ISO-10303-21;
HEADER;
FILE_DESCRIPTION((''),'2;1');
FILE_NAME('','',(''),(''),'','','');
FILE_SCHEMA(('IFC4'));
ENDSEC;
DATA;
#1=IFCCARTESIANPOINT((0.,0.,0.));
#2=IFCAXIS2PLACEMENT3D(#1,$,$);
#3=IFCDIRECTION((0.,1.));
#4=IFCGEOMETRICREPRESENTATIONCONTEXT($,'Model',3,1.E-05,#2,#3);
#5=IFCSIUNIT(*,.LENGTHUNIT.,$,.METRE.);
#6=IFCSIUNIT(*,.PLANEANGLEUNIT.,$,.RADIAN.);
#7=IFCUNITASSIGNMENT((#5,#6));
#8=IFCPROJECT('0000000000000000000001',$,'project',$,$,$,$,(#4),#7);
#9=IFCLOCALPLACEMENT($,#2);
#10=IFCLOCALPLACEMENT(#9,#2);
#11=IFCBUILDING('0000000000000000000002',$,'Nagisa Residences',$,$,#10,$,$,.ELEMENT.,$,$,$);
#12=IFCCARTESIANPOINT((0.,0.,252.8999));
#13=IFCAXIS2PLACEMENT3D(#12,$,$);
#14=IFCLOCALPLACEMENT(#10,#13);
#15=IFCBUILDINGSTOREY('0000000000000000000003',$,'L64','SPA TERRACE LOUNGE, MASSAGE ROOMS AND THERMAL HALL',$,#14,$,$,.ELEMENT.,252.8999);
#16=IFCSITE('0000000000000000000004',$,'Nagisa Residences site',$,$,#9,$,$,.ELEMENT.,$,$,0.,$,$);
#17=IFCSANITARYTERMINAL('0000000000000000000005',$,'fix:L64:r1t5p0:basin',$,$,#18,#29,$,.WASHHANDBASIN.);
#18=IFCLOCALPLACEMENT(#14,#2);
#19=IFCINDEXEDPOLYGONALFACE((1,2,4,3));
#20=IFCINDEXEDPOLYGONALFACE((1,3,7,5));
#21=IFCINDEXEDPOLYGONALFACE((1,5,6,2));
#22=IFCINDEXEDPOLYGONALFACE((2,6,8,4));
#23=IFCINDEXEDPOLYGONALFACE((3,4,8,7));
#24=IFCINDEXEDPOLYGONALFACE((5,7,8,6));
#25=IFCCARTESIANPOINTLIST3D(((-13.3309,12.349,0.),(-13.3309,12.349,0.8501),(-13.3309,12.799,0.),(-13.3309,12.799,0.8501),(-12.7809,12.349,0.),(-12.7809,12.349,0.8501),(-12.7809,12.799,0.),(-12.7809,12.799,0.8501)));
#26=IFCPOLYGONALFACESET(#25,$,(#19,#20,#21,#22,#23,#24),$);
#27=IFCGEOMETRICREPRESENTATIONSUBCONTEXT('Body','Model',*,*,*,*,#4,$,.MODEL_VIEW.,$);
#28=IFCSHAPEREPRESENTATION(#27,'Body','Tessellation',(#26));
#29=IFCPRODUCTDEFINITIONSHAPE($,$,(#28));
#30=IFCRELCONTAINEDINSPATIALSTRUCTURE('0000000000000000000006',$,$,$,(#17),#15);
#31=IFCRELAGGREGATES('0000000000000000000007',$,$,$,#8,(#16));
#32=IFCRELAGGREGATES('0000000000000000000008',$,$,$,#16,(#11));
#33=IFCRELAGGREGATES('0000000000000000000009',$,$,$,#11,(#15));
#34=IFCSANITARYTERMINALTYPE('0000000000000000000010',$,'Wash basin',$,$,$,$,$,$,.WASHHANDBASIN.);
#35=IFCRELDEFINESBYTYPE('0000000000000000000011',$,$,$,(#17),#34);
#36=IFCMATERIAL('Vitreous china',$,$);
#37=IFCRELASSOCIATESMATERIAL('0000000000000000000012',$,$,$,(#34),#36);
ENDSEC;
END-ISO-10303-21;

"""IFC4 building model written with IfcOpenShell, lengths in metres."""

from ifc_helpers import new_model, si_unit, direction, frame, origin, origin_2d, place, context, subcontext, project, spatial, rectangle, extrude, material, type_object, element, save


model = new_model("IFC4")

# Units and contexts
model_context = context("Model", 3, precision=1e-05, world=origin(), true_north=direction((0.0, 1.0)))
body_context = subcontext(model_context, "Body", "Model", "MODEL_VIEW")
ifc_project = project(units=[si_unit("LENGTHUNIT", "METRE"), si_unit("PLANEANGLEUNIT", "RADIAN")], contexts=[model_context])

# Site, building, storey
site_placement = place(None, origin())
site = spatial("IfcSite", under=ifc_project, at=site_placement, Name="Nagisa Residences site", CompositionType="ELEMENT", RefElevation=0.0)
building_placement = place(site_placement, origin())
building = spatial("IfcBuilding", under=site, at=building_placement, Name="Nagisa Residences", CompositionType="ELEMENT")
storey_placement = place(building_placement, frame((0.0, 0.0, 252.8999)))
storey = spatial("IfcBuildingStorey", under=building, at=storey_placement, Name="L64", Description="SPA TERRACE LOUNGE, MASSAGE ROOMS AND THERMAL HALL", CompositionType="ELEMENT", Elevation=252.8999)

# Sanitary terminal
ifc_material_1 = material(Name="Vitreous china")
sanitary_terminal_type = type_object("IfcSanitaryTerminalType", Name="Wash basin", PredefinedType="WASHHANDBASIN", material=ifc_material_1)
sanitary_terminal_placement = place(storey_placement, frame((-13.0559, 12.574, 0.0), z_axis=(0.0, 0.0, 1.0), x_axis=(1.0, 0.0, 0.0)))
element("IfcSanitaryTerminal", 1, at=sanitary_terminal_placement, inside=storey, type_object=sanitary_terminal_type, Name="fix:L64:r1t5p0:basin", PredefinedType="WASHHANDBASIN", context=body_context, shape_type="SweptSolid", body=[
    extrude(rectangle(XDim=0.55, YDim=0.45, at=origin_2d()), origin(), (0.0, 0.0, 1.0), 0.8501),
])

save(model, "model.ifc")
